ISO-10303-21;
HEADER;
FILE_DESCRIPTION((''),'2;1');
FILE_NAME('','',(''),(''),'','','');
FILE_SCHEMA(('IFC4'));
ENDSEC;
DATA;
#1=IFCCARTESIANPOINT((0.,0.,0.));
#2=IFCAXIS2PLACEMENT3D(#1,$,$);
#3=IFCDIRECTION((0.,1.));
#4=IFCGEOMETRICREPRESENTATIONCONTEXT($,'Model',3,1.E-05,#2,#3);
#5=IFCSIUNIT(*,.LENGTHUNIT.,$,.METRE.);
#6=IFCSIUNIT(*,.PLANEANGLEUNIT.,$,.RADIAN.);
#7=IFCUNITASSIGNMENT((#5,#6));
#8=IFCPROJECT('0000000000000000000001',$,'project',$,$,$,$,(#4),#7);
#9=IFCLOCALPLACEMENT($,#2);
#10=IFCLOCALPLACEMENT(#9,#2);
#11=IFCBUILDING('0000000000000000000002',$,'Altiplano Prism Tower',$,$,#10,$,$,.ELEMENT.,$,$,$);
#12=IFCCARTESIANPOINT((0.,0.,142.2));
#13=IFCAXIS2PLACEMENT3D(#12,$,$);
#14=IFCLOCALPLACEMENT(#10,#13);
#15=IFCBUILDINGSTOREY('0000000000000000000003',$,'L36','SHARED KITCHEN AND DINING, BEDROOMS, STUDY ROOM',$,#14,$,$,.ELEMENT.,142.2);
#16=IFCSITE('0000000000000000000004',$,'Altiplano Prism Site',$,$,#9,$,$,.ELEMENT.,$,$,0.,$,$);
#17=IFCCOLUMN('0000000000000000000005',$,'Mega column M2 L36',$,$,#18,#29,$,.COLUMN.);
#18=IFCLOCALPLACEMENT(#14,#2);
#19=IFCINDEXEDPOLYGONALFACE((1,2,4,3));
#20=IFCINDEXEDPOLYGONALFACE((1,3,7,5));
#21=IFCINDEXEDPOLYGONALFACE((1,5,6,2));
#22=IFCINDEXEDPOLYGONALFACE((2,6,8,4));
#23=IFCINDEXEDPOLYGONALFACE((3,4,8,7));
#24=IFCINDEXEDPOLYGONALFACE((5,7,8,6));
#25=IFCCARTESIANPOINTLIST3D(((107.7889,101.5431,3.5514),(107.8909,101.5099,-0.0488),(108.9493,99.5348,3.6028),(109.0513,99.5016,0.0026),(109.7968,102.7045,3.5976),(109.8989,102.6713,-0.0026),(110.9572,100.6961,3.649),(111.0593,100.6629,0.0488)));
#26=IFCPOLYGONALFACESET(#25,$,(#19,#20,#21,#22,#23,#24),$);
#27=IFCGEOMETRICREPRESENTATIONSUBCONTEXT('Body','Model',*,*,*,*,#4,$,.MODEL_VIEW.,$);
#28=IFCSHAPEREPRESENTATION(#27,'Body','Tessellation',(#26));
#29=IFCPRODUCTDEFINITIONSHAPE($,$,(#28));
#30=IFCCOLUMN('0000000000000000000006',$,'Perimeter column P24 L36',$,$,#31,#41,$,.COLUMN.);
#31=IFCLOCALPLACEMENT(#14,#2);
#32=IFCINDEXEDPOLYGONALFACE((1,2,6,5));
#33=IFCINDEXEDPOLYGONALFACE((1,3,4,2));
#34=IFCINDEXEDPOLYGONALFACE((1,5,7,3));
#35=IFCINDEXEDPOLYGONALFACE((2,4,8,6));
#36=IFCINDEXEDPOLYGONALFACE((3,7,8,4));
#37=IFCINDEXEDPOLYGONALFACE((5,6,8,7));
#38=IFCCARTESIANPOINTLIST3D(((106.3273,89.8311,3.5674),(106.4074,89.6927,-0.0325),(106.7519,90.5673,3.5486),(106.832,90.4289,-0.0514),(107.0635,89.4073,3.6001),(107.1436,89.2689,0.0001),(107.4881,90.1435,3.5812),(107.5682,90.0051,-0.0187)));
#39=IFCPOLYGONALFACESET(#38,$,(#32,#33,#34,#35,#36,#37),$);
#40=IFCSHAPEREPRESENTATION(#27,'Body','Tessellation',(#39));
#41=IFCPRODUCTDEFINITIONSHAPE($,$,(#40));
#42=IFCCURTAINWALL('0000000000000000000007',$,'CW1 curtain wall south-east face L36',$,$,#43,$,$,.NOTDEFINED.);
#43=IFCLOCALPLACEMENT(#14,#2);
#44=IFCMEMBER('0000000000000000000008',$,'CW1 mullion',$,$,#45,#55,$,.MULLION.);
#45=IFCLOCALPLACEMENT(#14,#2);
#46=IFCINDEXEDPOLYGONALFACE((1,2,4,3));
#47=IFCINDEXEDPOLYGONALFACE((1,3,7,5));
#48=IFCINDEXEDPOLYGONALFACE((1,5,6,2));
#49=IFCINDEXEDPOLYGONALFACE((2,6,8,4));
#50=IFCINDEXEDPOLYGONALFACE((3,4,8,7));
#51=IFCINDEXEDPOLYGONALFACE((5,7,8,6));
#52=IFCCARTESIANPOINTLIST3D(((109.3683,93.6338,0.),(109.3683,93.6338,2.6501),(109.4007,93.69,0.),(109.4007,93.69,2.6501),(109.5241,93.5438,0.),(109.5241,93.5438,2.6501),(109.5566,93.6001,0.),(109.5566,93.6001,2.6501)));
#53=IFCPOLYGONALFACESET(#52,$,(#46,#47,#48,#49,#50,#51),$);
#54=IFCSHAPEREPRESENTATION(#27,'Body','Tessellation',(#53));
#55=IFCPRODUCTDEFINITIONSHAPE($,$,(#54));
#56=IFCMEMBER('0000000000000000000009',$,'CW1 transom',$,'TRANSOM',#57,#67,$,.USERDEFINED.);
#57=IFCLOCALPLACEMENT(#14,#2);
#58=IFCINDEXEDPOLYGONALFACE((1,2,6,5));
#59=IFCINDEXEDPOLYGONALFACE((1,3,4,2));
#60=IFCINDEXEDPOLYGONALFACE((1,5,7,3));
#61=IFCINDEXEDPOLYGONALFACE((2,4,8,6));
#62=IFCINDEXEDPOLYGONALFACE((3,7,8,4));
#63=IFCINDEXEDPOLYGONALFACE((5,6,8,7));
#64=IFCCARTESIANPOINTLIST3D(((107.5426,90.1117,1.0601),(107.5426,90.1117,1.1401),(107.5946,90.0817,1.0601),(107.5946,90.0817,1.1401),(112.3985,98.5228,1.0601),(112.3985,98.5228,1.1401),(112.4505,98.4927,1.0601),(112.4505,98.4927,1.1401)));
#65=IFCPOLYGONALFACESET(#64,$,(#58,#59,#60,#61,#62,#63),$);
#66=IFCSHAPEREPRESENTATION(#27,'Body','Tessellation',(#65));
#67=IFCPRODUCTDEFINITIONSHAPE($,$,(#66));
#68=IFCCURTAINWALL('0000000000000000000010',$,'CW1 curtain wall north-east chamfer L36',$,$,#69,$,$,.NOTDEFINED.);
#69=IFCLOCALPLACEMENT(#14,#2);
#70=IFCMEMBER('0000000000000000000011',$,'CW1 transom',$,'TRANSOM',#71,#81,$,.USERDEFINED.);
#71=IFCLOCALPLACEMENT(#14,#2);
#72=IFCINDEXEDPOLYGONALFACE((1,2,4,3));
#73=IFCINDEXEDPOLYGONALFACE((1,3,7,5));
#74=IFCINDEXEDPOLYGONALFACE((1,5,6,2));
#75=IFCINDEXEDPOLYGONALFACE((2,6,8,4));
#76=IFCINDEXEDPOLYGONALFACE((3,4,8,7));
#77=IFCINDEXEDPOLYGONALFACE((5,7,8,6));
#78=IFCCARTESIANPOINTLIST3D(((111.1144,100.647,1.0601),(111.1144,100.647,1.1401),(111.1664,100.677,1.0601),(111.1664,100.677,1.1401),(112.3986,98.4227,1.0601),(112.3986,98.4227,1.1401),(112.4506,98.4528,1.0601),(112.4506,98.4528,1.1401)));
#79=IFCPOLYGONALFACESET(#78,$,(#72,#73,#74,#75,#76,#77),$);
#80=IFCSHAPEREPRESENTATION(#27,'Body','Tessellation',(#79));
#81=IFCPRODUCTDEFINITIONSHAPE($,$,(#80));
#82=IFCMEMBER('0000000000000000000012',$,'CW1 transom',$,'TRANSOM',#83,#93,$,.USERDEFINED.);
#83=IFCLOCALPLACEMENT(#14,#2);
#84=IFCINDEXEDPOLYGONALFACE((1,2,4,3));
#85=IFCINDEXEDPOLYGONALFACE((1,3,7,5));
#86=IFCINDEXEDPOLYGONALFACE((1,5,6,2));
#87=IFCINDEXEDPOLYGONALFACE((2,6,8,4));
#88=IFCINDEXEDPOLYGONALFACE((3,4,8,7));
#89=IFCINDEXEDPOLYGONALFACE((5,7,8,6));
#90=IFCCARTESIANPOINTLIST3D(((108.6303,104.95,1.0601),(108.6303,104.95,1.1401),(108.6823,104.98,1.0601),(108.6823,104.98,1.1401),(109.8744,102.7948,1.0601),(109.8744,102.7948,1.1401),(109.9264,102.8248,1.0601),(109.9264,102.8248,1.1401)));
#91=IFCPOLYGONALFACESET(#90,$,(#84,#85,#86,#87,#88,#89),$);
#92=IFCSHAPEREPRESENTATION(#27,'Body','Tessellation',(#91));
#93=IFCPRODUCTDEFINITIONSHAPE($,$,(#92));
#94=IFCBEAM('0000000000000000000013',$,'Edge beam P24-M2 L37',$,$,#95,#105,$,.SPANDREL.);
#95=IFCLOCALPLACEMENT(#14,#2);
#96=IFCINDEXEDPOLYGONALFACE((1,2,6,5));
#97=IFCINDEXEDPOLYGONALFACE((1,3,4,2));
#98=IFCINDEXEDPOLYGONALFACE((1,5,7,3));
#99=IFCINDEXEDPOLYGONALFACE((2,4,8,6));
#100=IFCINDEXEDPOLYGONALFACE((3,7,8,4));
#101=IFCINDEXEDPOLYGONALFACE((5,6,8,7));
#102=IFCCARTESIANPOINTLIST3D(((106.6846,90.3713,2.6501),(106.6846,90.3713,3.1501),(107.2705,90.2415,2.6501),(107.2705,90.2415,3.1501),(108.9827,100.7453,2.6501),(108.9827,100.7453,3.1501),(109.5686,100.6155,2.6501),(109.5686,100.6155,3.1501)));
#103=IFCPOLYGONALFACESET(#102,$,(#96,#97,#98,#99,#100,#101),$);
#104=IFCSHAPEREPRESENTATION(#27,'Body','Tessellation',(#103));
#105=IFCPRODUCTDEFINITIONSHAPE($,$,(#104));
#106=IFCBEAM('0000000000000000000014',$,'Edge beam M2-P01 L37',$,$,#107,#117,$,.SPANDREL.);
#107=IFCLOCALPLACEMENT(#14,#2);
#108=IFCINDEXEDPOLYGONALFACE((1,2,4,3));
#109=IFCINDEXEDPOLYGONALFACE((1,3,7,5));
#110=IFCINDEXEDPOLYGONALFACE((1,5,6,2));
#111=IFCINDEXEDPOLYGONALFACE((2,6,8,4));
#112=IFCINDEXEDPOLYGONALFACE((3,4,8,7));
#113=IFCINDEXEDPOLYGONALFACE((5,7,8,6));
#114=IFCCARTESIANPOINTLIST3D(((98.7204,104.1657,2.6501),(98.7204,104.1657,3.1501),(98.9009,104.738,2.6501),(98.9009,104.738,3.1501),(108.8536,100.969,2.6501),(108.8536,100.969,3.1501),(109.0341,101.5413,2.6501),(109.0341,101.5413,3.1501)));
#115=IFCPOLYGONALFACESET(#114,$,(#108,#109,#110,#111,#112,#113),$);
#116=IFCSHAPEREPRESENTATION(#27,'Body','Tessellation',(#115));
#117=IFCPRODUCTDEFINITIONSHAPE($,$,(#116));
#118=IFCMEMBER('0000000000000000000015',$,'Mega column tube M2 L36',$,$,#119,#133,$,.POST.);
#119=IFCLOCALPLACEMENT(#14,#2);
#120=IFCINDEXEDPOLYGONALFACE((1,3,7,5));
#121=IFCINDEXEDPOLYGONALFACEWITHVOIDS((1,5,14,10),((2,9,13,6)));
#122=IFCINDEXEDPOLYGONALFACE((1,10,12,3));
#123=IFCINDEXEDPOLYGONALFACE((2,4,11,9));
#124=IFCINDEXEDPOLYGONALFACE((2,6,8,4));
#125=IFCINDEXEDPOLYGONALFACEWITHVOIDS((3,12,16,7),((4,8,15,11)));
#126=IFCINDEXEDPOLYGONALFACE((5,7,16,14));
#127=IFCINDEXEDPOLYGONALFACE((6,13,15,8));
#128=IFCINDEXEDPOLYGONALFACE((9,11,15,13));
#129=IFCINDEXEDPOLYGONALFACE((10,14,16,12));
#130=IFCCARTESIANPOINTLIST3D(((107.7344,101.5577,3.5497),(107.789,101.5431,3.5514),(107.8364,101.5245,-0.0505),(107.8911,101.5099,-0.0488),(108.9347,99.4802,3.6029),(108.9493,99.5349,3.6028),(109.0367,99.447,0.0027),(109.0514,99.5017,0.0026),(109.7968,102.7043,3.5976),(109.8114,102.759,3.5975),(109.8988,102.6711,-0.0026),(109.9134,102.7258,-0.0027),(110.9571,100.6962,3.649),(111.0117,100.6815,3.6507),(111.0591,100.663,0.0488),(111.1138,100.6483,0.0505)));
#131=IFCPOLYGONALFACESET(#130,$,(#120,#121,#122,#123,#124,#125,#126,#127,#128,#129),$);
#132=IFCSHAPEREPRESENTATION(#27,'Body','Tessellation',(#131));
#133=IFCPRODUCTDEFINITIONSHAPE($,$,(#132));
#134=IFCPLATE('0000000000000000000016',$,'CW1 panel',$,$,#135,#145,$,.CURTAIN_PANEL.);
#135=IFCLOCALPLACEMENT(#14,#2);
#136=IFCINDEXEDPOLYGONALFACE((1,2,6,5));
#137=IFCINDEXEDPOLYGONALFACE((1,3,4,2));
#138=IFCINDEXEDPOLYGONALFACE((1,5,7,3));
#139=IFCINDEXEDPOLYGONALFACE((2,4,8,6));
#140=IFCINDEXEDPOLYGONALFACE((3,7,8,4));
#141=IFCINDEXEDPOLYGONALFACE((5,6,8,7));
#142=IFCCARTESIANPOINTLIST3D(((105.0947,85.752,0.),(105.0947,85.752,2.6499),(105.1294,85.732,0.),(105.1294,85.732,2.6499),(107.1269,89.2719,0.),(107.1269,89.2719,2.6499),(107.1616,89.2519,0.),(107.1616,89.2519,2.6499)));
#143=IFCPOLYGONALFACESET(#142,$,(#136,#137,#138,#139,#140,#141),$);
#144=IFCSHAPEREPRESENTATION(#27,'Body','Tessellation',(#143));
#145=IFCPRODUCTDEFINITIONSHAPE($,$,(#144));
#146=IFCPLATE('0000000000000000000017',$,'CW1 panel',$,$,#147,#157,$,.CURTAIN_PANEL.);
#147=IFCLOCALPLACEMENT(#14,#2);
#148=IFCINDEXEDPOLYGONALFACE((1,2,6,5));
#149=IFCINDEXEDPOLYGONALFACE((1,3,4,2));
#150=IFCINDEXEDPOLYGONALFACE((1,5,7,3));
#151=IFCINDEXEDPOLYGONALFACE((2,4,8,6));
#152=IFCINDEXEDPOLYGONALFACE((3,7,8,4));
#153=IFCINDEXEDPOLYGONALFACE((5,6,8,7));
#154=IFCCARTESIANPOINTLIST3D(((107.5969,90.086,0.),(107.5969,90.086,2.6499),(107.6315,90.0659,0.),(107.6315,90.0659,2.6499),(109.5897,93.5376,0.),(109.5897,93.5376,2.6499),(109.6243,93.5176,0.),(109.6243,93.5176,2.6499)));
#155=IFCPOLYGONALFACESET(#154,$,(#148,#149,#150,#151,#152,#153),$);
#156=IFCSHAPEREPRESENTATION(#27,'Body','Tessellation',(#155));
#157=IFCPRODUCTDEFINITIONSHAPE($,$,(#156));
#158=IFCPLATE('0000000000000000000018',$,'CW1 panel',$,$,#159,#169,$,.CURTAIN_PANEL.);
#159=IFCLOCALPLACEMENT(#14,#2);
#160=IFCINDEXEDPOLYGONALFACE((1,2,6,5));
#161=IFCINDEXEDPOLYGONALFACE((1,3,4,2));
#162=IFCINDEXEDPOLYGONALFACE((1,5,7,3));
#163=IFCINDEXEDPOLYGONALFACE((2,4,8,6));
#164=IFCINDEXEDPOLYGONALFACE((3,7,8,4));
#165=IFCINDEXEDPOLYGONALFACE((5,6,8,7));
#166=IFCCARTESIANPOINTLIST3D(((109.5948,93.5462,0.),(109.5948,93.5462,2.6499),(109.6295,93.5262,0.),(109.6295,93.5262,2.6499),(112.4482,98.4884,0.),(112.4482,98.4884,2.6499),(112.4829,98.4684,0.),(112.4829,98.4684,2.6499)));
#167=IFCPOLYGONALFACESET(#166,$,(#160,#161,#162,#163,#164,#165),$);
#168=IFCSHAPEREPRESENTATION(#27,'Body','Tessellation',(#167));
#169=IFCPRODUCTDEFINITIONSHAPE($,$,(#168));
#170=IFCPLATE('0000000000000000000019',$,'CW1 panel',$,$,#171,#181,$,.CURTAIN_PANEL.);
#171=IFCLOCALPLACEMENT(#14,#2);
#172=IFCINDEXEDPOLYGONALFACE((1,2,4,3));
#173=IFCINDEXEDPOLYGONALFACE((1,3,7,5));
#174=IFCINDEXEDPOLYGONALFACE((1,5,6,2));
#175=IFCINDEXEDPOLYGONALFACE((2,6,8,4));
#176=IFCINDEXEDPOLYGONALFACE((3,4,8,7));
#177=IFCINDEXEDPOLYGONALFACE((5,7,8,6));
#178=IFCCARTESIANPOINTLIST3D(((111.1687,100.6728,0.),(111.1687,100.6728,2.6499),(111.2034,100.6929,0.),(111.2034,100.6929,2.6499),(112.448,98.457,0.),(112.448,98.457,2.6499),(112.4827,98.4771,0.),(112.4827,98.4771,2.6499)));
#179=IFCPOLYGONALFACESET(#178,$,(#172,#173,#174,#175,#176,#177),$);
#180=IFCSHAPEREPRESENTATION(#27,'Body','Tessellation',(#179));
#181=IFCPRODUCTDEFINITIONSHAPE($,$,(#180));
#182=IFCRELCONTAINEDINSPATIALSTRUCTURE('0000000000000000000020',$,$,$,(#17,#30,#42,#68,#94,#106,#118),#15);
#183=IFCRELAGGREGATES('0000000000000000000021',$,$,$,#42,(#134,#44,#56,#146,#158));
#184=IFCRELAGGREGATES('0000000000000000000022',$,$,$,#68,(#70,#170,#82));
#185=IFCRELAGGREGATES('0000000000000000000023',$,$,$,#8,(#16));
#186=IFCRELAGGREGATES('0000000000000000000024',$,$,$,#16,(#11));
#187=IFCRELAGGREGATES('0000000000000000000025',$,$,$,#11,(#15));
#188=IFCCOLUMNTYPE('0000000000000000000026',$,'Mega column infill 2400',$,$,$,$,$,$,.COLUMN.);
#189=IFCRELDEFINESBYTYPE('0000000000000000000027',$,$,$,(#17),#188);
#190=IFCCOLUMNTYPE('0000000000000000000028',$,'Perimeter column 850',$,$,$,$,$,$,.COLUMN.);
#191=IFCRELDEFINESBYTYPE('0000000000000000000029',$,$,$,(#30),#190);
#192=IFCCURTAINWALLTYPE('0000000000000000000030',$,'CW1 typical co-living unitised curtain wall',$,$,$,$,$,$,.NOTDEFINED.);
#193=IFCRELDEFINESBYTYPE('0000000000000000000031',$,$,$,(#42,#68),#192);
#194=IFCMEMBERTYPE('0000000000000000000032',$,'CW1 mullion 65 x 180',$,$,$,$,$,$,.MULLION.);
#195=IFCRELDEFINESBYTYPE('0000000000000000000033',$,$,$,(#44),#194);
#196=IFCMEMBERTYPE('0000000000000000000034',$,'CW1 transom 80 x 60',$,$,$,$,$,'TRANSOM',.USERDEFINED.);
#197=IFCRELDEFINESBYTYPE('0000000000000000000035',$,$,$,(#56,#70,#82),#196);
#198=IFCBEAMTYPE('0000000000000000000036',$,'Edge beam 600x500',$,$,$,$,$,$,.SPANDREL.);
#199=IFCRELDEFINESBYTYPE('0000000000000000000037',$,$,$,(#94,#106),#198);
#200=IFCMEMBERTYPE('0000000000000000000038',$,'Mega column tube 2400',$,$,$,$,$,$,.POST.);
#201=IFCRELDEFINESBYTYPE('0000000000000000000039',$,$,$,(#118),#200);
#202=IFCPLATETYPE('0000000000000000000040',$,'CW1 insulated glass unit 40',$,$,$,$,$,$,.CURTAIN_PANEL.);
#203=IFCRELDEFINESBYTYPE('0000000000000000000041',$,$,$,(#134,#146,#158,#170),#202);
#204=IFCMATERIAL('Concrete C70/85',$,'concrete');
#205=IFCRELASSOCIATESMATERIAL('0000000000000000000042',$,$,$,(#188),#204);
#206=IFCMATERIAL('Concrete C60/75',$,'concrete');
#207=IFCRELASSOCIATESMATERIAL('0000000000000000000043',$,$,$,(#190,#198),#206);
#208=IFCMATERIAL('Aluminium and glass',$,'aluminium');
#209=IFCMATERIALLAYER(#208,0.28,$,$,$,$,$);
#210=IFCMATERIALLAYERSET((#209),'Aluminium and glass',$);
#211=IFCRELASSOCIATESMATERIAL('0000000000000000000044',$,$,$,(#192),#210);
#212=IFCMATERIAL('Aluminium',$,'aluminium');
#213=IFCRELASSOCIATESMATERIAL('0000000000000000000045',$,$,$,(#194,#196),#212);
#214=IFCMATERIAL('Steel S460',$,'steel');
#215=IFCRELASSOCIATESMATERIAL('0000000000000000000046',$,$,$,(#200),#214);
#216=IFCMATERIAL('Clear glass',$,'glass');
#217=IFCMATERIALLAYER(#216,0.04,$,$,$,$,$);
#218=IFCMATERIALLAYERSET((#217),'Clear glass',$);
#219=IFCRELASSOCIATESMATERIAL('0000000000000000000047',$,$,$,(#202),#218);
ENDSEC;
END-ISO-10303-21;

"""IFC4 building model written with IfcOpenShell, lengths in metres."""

from ifc_helpers import new_model, si_unit, direction, frame, origin, origin_2d, place, context, subcontext, project, spatial, rectangle, hollow_rectangle, extrude, material, layer, layer_set, material_profile, profile_set, type_object, element, aggregate, save


model = new_model("IFC4")

# Units and contexts
model_context = context("Model", 3, precision=1e-05, world=origin(), true_north=direction((0.0, 1.0)))
body_context = subcontext(model_context, "Body", "Model", "MODEL_VIEW")
ifc_project = project(units=[si_unit("LENGTHUNIT", "METRE"), si_unit("PLANEANGLEUNIT", "RADIAN")], contexts=[model_context])

# Site, building, storey
site_placement = place(None, origin())
site = spatial("IfcSite", under=ifc_project, at=site_placement, Name="Altiplano Prism Site", CompositionType="ELEMENT", RefElevation=0.0)
building_placement = place(site_placement, origin())
building = spatial("IfcBuilding", under=site, at=building_placement, Name="Altiplano Prism Tower", CompositionType="ELEMENT")
storey_placement = place(building_placement, frame((0.0, 0.0, 142.2)))
storey = spatial("IfcBuildingStorey", under=building, at=storey_placement, Name="L36", Description="SHARED KITCHEN AND DINING, BEDROOMS, STUDY ROOM", CompositionType="ELEMENT", Elevation=142.2)

# Columns
ifc_material_1 = material(Name="Concrete C70/85", Category="concrete")
ifc_material_profile_1 = material_profile(ifc_material_1, rectangle(XDim=2.3201, YDim=2.3201, at=origin_2d()), Name="Mega column infill 2400")
ifc_profile_set_1 = profile_set([ifc_material_profile_1], Name="Concrete C70/85")
column_type_1 = type_object("IfcColumnType", Name="Mega column infill 2400", PredefinedType="COLUMN", material=ifc_profile_set_1)
column_1_placement = place(storey_placement, frame((109.4751, 101.0864, 0.0), z_axis=(-0.028334, 0.009219, 0.999556), x_axis=(0.500161, -0.865649, 0.022162)))
element("IfcColumn", 1, at=column_1_placement, inside=storey, type_object=column_type_1, Name="Mega column M2 L36", PredefinedType="COLUMN", context=body_context, shape_type="SweptSolid", body=[
    extrude(rectangle(XDim=2.3201, YDim=2.3201, at=origin_2d()), origin(), (0.0, 0.0, 1.0), 3.6018),
])
ifc_material_2 = material(Name="Concrete C60/75", Category="concrete")
ifc_material_profile_2 = material_profile(ifc_material_2, rectangle(XDim=0.8501, YDim=0.8501, at=origin_2d()), Name="Perimeter column 850")
ifc_profile_set_2 = profile_set([ifc_material_profile_2], Name="Concrete C60/75")
column_type_2 = type_object("IfcColumnType", Name="Perimeter column 850", PredefinedType="COLUMN", material=ifc_profile_set_2)
column_2_placement = place(storey_placement, frame((106.9878, 89.8489, -0.0256), z_axis=(-0.022223, 0.038416, 0.999015), x_axis=(-0.499508, -0.866025, 0.02219)))
element("IfcColumn", 2, at=column_2_placement, inside=storey, type_object=column_type_2, Name="Perimeter column P24 L36", PredefinedType="COLUMN", context=body_context, shape_type="SweptSolid", body=[
    extrude(rectangle(XDim=0.8501, YDim=0.8501, at=origin_2d()), origin(), (0.0, 0.0, 1.0), 3.6035),
])

# Curtain walls, members
ifc_material_3 = material(Name="Aluminium and glass", Category="aluminium")
ifc_layer_1 = layer(ifc_material_3, 0.28)
ifc_layer_set_1 = layer_set([ifc_layer_1], Name="Aluminium and glass")
curtain_wall_type = type_object("IfcCurtainWallType", Name="CW1 typical co-living unitised curtain wall", PredefinedType="NOTDEFINED", material=ifc_layer_set_1)
curtain_wall_1_placement = place(storey_placement, origin())
curtain_wall_1 = element("IfcCurtainWall", 3, at=curtain_wall_1_placement, inside=storey, type_object=curtain_wall_type, Name="CW1 curtain wall south-east face L36", PredefinedType="NOTDEFINED")
ifc_material_4 = material(Name="Aluminium", Category="aluminium")
ifc_material_profile_3 = material_profile(ifc_material_4, rectangle(XDim=0.1799, YDim=0.0649, at=origin_2d()), Name="CW1 mullion 65 x 180")
ifc_profile_set_3 = profile_set([ifc_material_profile_3], Name="Aluminium")
member_type_1 = type_object("IfcMemberType", Name="CW1 mullion 65 x 180", PredefinedType="MULLION", material=ifc_profile_set_3)
member_1_placement = place(storey_placement, frame((109.4624, 93.6169, 0.0), z_axis=(0.0, 0.0, 1.0), x_axis=(-0.866025, 0.5, 0.0)))
member_1 = element("IfcMember", 4, at=member_1_placement, type_object=member_type_1, Name="CW1 mullion", PredefinedType="MULLION", context=body_context, shape_type="SweptSolid", body=[
    extrude(rectangle(XDim=0.1799, YDim=0.0649, at=origin_2d()), origin(), (0.0, 0.0, 1.0), 2.6501),
])
ifc_material_profile_4 = material_profile(ifc_material_4, rectangle(XDim=0.0601, YDim=0.0801, at=origin_2d()), Name="CW1 transom 80 x 60")
ifc_profile_set_4 = profile_set([ifc_material_profile_4], Name="Aluminium")
member_type_2 = type_object("IfcMemberType", Name="CW1 transom 80 x 60", ElementType="TRANSOM", PredefinedType="USERDEFINED", material=ifc_profile_set_4)
member_2_placement = place(storey_placement, frame((107.5686, 90.0967, 1.1001), z_axis=(0.499984, 0.866035, 0.0), x_axis=(-0.866035, 0.499984, 0.0)))
member_2 = element("IfcMember", 5, at=member_2_placement, type_object=member_type_2, Name="CW1 transom", ObjectType="TRANSOM", PredefinedType="USERDEFINED", context=body_context, shape_type="SweptSolid", body=[
    extrude(rectangle(XDim=0.0601, YDim=0.0801, at=origin_2d()), origin(), (0.0, 0.0, 1.0), 9.7122),
])
curtain_wall_2_placement = place(storey_placement, origin())
curtain_wall_2 = element("IfcCurtainWall", 6, at=curtain_wall_2_placement, inside=storey, type_object=curtain_wall_type, Name="CW1 curtain wall north-east chamfer L36", PredefinedType="NOTDEFINED")
member_3_placement = place(storey_placement, frame((112.4246, 98.4377, 1.1001), z_axis=(-0.499983, 0.866035, 0.0), x_axis=(-0.866035, -0.499983, 0.0)))
member_3 = element("IfcMember", 7, at=member_3_placement, type_object=member_type_2, Name="CW1 transom", ObjectType="TRANSOM", PredefinedType="USERDEFINED", context=body_context, shape_type="SweptSolid", body=[
    extrude(rectangle(XDim=0.0601, YDim=0.0801, at=origin_2d()), origin(), (0.0, 0.0, 1.0), 2.5684),
])
member_4_placement = place(storey_placement, frame((109.9004, 102.8098, 1.1001), z_axis=(-0.499938, 0.866061, 0.0), x_axis=(-0.866061, -0.499938, 0.0)))
member_4 = element("IfcMember", 8, at=member_4_placement, type_object=member_type_2, Name="CW1 transom", ObjectType="TRANSOM", PredefinedType="USERDEFINED", context=body_context, shape_type="SweptSolid", body=[
    extrude(rectangle(XDim=0.0601, YDim=0.0801, at=origin_2d()), origin(), (0.0, 0.0, 1.0), 2.4885),
])

# Beams
ifc_material_profile_5 = material_profile(ifc_material_2, rectangle(XDim=0.6001, YDim=0.5, at=origin_2d()), Name="Edge beam 600x500")
ifc_profile_set_5 = profile_set([ifc_material_profile_5], Name="Concrete C60/75")
beam_type = type_object("IfcBeamType", Name="Edge beam 600x500", PredefinedType="SPANDREL", material=ifc_profile_set_5)
for number, where, z_axis, x_axis, name in (
    (9, (106.9775, 90.3064, 2.9001), (0.216281, 0.976331, 0.0), (-0.976331, 0.216281, 0.0), "Edge beam P24-M2 L37"),
    (10, (108.9438, 101.2551, 2.9001), (-0.953669, 0.300856, 0.0), (-0.300856, -0.953669, 0.0), "Edge beam M2-P01 L37"),
):
    element("IfcBeam", number, at=place(storey_placement, frame(where, z_axis=z_axis, x_axis=x_axis)), inside=storey, type_object=beam_type, Name=name, PredefinedType="SPANDREL", context=body_context, shape_type="SweptSolid", body=[
        extrude(rectangle(XDim=0.6001, YDim=0.5, at=origin_2d()), origin(), (0.0, 0.0, 1.0), 10.6255),
    ])

# Member
ifc_material_5 = material(Name="Steel S460", Category="steel")
ifc_material_profile_6 = material_profile(ifc_material_5, hollow_rectangle(XDim=2.3999, YDim=2.3999, WallThickness=0.04, at=origin_2d()), Name="Mega column tube 2400")
ifc_profile_set_6 = profile_set([ifc_material_profile_6], Name="Steel S460")
member_type_3 = type_object("IfcMemberType", Name="Mega column tube 2400", PredefinedType="POST", material=ifc_profile_set_6)
member_5_placement = place(storey_placement, frame((109.4751, 101.0864, 0.0), z_axis=(-0.028334, 0.009219, 0.999556), x_axis=(0.500161, -0.865649, 0.022162)))
element("IfcMember", 11, at=member_5_placement, inside=storey, type_object=member_type_3, Name="Mega column tube M2 L36", PredefinedType="POST", context=body_context, shape_type="SweptSolid", body=[
    extrude(hollow_rectangle(XDim=2.3999, YDim=2.3999, WallThickness=0.04, at=origin_2d()), origin(), (0.0, 0.0, 1.0), 3.6018),
])

# Plates
ifc_material_6 = material(Name="Clear glass", Category="glass")
ifc_layer_2 = layer(ifc_material_6, 0.04)
ifc_layer_set_2 = layer_set([ifc_layer_2], Name="Clear glass")
plate_type = type_object("IfcPlateType", Name="CW1 insulated glass unit 40", PredefinedType="CURTAIN_PANEL", material=ifc_layer_set_2)
plate_1_placement = place(storey_placement, frame((106.1282, 87.502, 0.0), z_axis=(0.0, 0.0, 1.0), x_axis=(0.5, 0.866025, 0.0)))
plate_1 = element("IfcPlate", 12, at=plate_1_placement, type_object=plate_type, Name="CW1 panel", PredefinedType="CURTAIN_PANEL", context=body_context, shape_type="SweptSolid", body=[
    extrude(rectangle(XDim=4.0645, YDim=0.04, at=origin_2d()), origin(), (0.0, 0.0, 1.0), 2.6499),
])
plate_2_placement = place(storey_placement, frame((108.6106, 91.8018, 0.0), z_axis=(0.0, 0.0, 1.0), x_axis=(0.5, 0.866025, 0.0)))
plate_2 = element("IfcPlate", 13, at=plate_2_placement, type_object=plate_type, Name="CW1 panel", PredefinedType="CURTAIN_PANEL", context=body_context, shape_type="SweptSolid", body=[
    extrude(rectangle(XDim=3.9856, YDim=0.04, at=origin_2d()), origin(), (0.0, 0.0, 1.0), 2.6499),
])
plate_3_placement = place(storey_placement, frame((111.0388, 96.0073, 0.0), z_axis=(0.0, 0.0, 1.0), x_axis=(0.5, 0.866025, 0.0)))
plate_3 = element("IfcPlate", 14, at=plate_3_placement, type_object=plate_type, Name="CW1 panel", PredefinedType="CURTAIN_PANEL", context=body_context, shape_type="SweptSolid", body=[
    extrude(rectangle(XDim=5.7068, YDim=0.04, at=origin_2d()), origin(), (0.0, 0.0, 1.0), 2.6499),
])
aggregate(curtain_wall_1, [plate_1, member_1, member_2, plate_2, plate_3])
plate_4_placement = place(storey_placement, frame((111.8257, 99.575, 0.0), z_axis=(0.0, 0.0, 1.0), x_axis=(-0.5, 0.866025, 0.0)))
plate_4 = element("IfcPlate", 15, at=plate_4_placement, type_object=plate_type, Name="CW1 panel", PredefinedType="CURTAIN_PANEL", context=body_context, shape_type="SweptSolid", body=[
    extrude(rectangle(XDim=2.5586, YDim=0.04, at=origin_2d()), origin(), (0.0, 0.0, 1.0), 2.6499),
])
aggregate(curtain_wall_2, [member_3, plate_4, member_4])

save(model, "model.ifc")
